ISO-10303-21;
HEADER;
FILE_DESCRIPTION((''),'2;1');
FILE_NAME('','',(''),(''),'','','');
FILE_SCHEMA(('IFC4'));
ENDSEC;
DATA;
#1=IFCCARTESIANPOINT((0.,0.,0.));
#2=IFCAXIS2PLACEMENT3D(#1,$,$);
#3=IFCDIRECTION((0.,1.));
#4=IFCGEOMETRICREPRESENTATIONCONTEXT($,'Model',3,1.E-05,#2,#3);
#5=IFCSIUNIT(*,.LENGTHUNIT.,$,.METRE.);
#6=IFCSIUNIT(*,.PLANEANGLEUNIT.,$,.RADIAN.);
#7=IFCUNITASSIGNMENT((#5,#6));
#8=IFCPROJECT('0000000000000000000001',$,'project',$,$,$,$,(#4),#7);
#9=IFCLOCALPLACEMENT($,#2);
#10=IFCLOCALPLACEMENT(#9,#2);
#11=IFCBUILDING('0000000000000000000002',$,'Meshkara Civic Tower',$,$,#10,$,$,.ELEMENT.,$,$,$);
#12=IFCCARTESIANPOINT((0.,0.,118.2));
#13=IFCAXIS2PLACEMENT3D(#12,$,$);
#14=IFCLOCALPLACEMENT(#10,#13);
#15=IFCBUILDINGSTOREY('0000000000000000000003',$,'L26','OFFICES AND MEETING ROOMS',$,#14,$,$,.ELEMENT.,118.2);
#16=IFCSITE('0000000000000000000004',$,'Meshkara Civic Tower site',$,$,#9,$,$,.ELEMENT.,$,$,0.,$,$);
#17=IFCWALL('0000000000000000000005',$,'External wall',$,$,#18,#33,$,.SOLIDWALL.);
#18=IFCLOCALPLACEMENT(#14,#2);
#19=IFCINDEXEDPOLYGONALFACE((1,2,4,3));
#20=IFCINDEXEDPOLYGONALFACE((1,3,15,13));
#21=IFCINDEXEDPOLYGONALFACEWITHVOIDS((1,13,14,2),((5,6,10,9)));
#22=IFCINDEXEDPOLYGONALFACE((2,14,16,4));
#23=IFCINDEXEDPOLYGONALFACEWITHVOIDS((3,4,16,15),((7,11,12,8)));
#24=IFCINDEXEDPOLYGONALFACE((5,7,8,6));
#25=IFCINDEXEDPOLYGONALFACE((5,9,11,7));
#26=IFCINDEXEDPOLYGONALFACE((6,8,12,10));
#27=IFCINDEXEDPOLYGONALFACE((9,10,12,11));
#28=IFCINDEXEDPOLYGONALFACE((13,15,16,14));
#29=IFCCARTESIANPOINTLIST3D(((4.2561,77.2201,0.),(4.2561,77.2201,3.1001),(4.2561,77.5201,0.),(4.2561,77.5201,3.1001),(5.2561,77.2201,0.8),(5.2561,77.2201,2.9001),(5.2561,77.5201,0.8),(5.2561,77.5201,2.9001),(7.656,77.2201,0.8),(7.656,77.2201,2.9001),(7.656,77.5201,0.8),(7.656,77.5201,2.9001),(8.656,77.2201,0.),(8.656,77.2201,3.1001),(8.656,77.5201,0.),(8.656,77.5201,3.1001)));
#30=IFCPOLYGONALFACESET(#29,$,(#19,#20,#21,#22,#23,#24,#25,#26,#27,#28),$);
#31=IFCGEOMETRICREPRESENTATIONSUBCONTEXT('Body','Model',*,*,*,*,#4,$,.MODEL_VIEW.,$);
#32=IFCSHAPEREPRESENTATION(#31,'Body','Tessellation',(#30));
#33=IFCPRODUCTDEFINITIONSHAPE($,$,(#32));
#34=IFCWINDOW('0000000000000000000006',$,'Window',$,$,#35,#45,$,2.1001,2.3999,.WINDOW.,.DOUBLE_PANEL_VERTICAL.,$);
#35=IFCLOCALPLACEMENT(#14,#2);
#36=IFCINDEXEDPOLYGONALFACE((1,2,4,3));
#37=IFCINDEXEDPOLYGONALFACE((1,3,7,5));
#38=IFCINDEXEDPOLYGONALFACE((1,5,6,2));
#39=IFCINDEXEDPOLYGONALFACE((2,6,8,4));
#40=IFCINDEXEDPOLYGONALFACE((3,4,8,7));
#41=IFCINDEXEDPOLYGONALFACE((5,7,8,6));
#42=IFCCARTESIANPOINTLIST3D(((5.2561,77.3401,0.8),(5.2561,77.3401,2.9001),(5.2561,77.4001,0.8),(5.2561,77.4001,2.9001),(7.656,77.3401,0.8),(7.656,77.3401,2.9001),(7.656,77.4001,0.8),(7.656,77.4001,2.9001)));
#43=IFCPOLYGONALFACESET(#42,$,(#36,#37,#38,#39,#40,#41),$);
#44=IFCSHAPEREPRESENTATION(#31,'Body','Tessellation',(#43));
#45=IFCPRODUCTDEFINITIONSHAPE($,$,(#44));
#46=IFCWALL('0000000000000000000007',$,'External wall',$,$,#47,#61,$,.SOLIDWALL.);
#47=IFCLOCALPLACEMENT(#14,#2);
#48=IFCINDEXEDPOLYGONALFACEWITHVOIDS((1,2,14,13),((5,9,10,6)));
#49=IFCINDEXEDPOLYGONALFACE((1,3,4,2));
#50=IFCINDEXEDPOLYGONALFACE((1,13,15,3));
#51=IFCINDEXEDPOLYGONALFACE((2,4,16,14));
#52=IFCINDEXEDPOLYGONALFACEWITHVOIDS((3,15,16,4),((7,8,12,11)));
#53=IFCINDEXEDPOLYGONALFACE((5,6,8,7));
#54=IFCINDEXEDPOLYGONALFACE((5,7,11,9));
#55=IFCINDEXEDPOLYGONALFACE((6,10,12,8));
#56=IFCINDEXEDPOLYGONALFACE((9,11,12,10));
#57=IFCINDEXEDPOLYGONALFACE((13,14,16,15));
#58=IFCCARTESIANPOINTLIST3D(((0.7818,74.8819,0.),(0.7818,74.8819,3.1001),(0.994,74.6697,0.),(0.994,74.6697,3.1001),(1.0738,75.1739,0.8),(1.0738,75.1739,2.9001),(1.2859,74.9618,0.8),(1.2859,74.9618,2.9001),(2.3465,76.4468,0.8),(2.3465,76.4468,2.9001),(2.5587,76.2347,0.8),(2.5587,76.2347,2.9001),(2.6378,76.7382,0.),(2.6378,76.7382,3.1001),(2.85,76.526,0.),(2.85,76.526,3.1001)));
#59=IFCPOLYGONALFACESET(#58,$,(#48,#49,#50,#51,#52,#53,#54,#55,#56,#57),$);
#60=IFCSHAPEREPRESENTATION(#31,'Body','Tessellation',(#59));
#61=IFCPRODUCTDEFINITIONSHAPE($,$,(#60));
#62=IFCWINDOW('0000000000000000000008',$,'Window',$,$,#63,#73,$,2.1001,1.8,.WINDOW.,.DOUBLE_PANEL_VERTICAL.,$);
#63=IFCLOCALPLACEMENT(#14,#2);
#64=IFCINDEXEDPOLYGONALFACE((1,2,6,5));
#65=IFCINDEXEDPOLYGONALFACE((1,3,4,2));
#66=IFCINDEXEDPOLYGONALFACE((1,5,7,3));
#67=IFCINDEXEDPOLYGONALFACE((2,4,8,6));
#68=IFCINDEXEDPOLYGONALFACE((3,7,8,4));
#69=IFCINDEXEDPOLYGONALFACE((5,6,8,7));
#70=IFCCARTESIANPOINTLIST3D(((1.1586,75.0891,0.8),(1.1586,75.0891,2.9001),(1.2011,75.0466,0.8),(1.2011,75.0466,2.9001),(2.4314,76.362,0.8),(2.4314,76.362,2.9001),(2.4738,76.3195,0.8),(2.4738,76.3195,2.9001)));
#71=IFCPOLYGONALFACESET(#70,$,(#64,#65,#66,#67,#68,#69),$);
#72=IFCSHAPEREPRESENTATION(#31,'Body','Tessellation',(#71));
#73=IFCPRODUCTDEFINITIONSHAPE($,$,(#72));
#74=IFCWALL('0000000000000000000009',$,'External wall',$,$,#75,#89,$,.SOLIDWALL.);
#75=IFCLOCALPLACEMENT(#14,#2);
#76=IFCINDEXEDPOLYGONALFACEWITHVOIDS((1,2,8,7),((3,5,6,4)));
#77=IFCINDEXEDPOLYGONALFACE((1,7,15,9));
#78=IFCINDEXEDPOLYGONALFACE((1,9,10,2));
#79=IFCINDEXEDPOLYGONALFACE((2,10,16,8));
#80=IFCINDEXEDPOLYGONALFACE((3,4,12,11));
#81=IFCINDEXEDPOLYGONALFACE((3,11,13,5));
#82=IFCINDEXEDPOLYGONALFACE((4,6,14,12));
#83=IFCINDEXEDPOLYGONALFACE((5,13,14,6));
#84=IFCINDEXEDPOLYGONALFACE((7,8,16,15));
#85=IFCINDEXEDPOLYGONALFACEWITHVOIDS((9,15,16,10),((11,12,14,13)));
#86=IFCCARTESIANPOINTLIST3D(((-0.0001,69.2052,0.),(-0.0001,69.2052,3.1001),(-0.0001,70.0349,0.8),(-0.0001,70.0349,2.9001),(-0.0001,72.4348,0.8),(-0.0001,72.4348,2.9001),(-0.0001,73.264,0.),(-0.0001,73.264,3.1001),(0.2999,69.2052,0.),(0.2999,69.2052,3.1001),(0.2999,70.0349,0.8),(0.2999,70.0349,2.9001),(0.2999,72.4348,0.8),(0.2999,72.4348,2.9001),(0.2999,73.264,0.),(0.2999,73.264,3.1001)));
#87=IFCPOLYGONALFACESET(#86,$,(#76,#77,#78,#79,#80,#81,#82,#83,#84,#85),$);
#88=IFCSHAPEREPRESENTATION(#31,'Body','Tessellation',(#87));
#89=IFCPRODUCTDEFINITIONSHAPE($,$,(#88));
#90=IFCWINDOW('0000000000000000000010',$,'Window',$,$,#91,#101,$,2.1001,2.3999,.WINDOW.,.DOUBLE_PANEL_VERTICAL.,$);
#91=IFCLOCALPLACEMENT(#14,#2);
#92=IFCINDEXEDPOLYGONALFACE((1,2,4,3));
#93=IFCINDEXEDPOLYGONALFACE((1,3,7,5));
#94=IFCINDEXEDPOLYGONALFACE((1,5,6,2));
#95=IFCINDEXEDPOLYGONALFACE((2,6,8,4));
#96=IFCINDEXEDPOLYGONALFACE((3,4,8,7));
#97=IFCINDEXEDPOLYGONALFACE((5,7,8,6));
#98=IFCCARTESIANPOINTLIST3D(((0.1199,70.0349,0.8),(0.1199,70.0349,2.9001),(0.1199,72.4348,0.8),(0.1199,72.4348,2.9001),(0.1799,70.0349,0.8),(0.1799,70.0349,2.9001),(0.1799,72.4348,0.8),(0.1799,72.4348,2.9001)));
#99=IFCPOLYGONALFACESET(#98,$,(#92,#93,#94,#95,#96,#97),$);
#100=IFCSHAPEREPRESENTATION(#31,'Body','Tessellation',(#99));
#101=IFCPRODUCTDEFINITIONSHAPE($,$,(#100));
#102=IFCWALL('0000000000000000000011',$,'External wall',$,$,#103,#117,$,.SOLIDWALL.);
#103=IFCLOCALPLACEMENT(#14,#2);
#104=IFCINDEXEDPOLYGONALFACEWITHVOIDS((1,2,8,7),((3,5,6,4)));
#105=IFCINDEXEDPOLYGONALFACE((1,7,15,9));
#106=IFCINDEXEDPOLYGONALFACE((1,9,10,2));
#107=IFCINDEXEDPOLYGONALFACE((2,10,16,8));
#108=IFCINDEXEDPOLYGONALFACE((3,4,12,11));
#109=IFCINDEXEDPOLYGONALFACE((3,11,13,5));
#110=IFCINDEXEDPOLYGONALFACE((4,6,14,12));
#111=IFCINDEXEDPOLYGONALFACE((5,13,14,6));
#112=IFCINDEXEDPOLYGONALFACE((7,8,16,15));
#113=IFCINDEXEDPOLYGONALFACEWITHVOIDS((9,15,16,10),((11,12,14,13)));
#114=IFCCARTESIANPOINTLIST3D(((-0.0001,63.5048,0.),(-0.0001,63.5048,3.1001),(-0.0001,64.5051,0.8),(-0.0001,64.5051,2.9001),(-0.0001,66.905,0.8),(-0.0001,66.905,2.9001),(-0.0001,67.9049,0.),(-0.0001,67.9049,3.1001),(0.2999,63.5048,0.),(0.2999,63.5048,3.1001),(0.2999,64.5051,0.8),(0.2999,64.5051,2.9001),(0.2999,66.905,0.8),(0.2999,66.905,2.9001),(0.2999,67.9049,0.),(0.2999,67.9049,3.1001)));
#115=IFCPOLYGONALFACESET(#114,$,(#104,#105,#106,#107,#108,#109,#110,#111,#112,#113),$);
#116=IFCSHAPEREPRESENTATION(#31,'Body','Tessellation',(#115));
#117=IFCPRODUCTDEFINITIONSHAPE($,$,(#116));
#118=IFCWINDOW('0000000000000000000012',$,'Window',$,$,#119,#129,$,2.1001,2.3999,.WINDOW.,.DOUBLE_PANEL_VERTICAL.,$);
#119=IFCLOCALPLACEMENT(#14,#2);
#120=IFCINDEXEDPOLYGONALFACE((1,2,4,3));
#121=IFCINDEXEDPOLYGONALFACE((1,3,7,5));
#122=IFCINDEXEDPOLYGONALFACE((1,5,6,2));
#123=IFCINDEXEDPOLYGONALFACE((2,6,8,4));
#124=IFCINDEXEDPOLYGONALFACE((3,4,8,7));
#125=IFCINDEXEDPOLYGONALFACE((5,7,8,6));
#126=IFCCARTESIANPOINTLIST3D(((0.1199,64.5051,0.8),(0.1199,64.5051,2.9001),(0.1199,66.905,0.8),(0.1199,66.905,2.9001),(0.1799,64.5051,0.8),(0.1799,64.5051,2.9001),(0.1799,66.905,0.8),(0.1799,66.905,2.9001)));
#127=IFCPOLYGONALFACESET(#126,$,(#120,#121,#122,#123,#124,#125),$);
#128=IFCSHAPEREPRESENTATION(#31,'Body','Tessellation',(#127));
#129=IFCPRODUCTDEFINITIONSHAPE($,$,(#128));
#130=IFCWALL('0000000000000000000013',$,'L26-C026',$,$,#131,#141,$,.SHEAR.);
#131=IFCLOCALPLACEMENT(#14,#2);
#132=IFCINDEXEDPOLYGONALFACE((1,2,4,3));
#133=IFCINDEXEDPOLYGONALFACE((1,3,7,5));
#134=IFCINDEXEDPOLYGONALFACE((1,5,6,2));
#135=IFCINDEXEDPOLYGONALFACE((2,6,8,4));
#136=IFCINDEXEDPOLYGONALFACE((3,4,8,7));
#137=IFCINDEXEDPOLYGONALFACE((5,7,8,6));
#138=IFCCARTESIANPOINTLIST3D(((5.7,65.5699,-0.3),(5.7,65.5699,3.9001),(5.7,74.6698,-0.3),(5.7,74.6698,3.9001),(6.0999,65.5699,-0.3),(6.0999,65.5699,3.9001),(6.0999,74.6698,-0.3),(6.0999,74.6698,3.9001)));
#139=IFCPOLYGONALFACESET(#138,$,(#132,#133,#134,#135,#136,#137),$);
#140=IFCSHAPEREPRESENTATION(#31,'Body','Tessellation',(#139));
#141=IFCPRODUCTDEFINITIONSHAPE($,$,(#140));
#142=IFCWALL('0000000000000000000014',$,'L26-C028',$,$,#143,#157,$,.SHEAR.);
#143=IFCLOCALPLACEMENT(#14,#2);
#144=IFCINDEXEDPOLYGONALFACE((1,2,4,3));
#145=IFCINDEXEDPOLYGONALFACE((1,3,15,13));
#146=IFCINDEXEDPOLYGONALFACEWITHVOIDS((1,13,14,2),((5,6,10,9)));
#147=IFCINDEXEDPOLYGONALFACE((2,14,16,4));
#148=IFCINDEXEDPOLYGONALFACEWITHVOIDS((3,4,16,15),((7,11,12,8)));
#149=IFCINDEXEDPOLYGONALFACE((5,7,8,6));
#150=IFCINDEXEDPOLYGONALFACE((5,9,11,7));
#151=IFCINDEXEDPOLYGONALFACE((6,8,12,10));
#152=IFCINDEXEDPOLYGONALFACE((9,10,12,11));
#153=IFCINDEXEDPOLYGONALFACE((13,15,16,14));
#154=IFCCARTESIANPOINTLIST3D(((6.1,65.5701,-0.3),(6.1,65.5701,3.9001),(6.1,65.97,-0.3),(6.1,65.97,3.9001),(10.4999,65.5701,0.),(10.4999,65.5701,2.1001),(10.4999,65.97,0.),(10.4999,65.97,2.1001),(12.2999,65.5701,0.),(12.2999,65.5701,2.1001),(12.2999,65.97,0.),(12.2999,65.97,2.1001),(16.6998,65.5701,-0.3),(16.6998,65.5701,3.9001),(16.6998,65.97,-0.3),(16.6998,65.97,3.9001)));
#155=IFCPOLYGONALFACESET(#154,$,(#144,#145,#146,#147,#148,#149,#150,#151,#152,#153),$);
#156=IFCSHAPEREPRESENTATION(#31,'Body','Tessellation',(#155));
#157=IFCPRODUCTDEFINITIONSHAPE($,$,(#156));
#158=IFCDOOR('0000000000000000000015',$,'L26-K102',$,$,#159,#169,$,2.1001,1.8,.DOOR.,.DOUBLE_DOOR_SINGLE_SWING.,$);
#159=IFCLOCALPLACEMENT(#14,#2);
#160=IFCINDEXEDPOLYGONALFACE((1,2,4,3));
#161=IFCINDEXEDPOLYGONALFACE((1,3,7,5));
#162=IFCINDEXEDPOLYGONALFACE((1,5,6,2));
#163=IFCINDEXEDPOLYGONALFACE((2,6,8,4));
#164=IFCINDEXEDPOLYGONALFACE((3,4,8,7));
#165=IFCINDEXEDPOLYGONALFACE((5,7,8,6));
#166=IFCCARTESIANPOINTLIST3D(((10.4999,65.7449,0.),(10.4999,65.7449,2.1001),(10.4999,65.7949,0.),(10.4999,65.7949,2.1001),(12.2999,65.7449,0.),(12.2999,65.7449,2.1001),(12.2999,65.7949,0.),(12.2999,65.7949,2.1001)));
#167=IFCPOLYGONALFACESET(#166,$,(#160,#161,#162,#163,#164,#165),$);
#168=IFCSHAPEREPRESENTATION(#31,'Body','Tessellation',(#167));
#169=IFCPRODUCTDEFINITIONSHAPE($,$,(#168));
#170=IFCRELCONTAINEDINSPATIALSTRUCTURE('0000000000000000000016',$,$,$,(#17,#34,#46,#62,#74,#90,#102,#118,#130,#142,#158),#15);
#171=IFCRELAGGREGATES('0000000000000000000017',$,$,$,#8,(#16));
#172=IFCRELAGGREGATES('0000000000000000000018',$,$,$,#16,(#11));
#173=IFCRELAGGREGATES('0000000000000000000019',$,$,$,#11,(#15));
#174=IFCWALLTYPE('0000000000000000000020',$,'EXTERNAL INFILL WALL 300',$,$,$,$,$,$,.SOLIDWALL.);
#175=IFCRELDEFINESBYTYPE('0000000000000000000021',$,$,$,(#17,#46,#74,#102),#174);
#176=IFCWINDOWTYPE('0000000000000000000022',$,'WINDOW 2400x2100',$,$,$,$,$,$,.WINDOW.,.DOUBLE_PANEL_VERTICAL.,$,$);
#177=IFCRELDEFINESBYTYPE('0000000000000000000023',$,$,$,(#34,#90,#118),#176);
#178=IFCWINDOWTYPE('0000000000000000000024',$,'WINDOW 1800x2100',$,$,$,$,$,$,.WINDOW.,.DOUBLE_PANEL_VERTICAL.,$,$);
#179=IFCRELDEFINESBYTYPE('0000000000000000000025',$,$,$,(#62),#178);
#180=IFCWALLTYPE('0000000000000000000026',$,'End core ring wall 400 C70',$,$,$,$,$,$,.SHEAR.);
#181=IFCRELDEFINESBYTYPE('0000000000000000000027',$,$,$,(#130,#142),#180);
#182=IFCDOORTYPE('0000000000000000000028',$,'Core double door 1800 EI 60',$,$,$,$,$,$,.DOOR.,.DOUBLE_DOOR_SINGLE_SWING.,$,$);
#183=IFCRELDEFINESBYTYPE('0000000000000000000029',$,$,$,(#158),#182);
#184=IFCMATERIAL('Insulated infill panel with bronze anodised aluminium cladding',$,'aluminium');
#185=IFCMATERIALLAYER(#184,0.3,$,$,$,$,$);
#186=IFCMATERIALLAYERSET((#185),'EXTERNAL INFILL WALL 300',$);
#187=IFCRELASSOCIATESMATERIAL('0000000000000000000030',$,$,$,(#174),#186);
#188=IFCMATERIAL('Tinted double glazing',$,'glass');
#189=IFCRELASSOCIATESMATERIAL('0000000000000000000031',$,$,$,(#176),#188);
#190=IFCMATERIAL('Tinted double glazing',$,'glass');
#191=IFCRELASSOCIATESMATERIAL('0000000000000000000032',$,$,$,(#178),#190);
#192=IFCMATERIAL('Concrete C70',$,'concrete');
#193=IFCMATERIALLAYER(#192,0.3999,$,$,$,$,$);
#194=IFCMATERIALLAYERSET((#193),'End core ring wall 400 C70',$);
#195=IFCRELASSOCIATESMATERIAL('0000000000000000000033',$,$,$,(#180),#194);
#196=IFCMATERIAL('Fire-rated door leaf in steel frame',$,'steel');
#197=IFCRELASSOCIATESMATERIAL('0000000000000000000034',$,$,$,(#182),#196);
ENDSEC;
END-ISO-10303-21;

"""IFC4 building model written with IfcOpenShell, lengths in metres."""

from ifc_helpers import new_model, si_unit, direction, frame, frame_2d, origin, place, context, subcontext, project, spatial, rectangle, extrude, material, layer, layer_set, type_object, element, fill, save


model = new_model("IFC4")

# Units and contexts
model_context = context("Model", 3, precision=1e-05, world=origin(), true_north=direction((0.0, 1.0)))
body_context = subcontext(model_context, "Body", "Model", "MODEL_VIEW")
ifc_project = project(units=[si_unit("LENGTHUNIT", "METRE"), si_unit("PLANEANGLEUNIT", "RADIAN")], contexts=[model_context])

# Site, building, storey
site_placement = place(None, origin())
site = spatial("IfcSite", under=ifc_project, at=site_placement, Name="Meshkara Civic Tower site", CompositionType="ELEMENT", RefElevation=0.0)
building_placement = place(site_placement, origin())
building = spatial("IfcBuilding", under=site, at=building_placement, Name="Meshkara Civic Tower", CompositionType="ELEMENT")
storey_placement = place(building_placement, frame((0.0, 0.0, 118.2)))
storey = spatial("IfcBuildingStorey", under=building, at=storey_placement, Name="L26", Description="OFFICES AND MEETING ROOMS", CompositionType="ELEMENT", Elevation=118.2)

# Walls, openings, windows
ifc_material_1 = material(Name="Insulated infill panel with bronze anodised aluminium cladding", Category="aluminium")
ifc_layer_1 = layer(ifc_material_1, 0.3)
ifc_layer_set_1 = layer_set([ifc_layer_1], Name="EXTERNAL INFILL WALL 300")
wall_type_1 = type_object("IfcWallType", Name="EXTERNAL INFILL WALL 300", PredefinedType="SOLIDWALL", material=ifc_layer_set_1)
wall_1_placement = place(storey_placement, frame((8.656, 77.3701, 0.0), z_axis=(0.0, 0.0, 1.0), x_axis=(-1.0, 0.0, 0.0)))
wall_1 = element("IfcWall", 1, at=wall_1_placement, inside=storey, type_object=wall_type_1, Name="External wall", PredefinedType="SOLIDWALL", context=body_context, shape_type="SweptSolid", body=[
    extrude(rectangle(XDim=4.3999, YDim=0.3, at=frame_2d((2.2, 0.0))), origin(), (0.0, 0.0, 1.0), 3.1001),
])
opening_1_placement = place(wall_1_placement, frame((1.0, 0.0, 0.8)))
opening_1 = element("IfcOpeningElement", 2, at=opening_1_placement, cuts=wall_1, PredefinedType="OPENING", context=body_context, shape_type="SweptSolid", body=[
    extrude(rectangle(XDim=2.3999, YDim=2.1001, at=frame_2d((1.2, 1.05))), frame((0.0, 0.1599, 0.0), z_axis=(0.0, -1.0, 0.0), x_axis=(1.0, 0.0, 0.0)), (0.0, 0.0, 1.0), 0.3201),
])
ifc_material_2 = material(Name="Tinted double glazing", Category="glass")
window_type_1 = type_object("IfcWindowType", Name="WINDOW 2400x2100", PartitioningType="DOUBLE_PANEL_VERTICAL", PredefinedType="WINDOW", material=ifc_material_2)
window_1_placement = place(opening_1_placement, origin())
window_1 = element("IfcWindow", 3, at=window_1_placement, inside=storey, type_object=window_type_1, Name="Window", OverallHeight=2.1001, OverallWidth=2.3999, PartitioningType="DOUBLE_PANEL_VERTICAL", PredefinedType="WINDOW", context=body_context, shape_type="SweptSolid", body=[
    extrude(rectangle(XDim=2.3999, YDim=2.1001, at=frame_2d((1.2, 1.05))), frame((0.0, 0.03, 0.0), z_axis=(0.0, -1.0, 0.0), x_axis=(1.0, 0.0, 0.0)), (0.0, 0.0, 1.0), 0.0601),
])
fill(opening_1, window_1)
wall_2_placement = place(storey_placement, frame((2.7439, 76.6321, 0.0), z_axis=(0.0, 0.0, 1.0), x_axis=(-0.70706, -0.707153, 0.0)))
wall_2 = element("IfcWall", 4, at=wall_2_placement, inside=storey, type_object=wall_type_1, Name="External wall", PredefinedType="SOLIDWALL", context=body_context, shape_type="SweptSolid", body=[
    extrude(rectangle(XDim=2.625, YDim=0.3, at=frame_2d((1.3125, 0.0))), origin(), (0.0, 0.0, 1.0), 3.1001),
])
opening_2_placement = place(wall_2_placement, frame((0.4121, 0.0, 0.8)))
opening_2 = element("IfcOpeningElement", 5, at=opening_2_placement, cuts=wall_2, PredefinedType="OPENING", context=body_context, shape_type="SweptSolid", body=[
    extrude(rectangle(XDim=1.8, YDim=2.1001, at=frame_2d((0.8999, 1.05))), frame((0.0, 0.1599, 0.0), z_axis=(0.0, -1.0, 0.0), x_axis=(1.0, 0.0, 0.0)), (0.0, 0.0, 1.0), 0.3201),
])
ifc_material_3 = material(Name="Tinted double glazing", Category="glass")
window_type_2 = type_object("IfcWindowType", Name="WINDOW 1800x2100", PartitioningType="DOUBLE_PANEL_VERTICAL", PredefinedType="WINDOW", material=ifc_material_3)
window_2_placement = place(opening_2_placement, origin())
window_2 = element("IfcWindow", 6, at=window_2_placement, inside=storey, type_object=window_type_2, Name="Window", OverallHeight=2.1001, OverallWidth=1.8, PartitioningType="DOUBLE_PANEL_VERTICAL", PredefinedType="WINDOW", context=body_context, shape_type="SweptSolid", body=[
    extrude(rectangle(XDim=1.8, YDim=2.1001, at=frame_2d((0.8999, 1.05))), frame((0.0, 0.03, 0.0), z_axis=(0.0, -1.0, 0.0), x_axis=(1.0, 0.0, 0.0)), (0.0, 0.0, 1.0), 0.0601),
])
fill(opening_2, window_2)
wall_3_placement = place(storey_placement, frame((0.1499, 73.2639, 0.0), z_axis=(0.0, 0.0, 1.0), x_axis=(0.0, -1.0, 0.0)))
wall_3 = element("IfcWall", 7, at=wall_3_placement, inside=storey, type_object=wall_type_1, Name="External wall", PredefinedType="SOLIDWALL", context=body_context, shape_type="SweptSolid", body=[
    extrude(rectangle(XDim=4.0588, YDim=0.3, at=frame_2d((2.0293, 0.0))), origin(), (0.0, 0.0, 1.0), 3.1001),
])
opening_3_placement = place(wall_3_placement, frame((0.8291, 0.0, 0.8)))
opening_3 = element("IfcOpeningElement", 8, at=opening_3_placement, cuts=wall_3, PredefinedType="OPENING", context=body_context, shape_type="SweptSolid", body=[
    extrude(rectangle(XDim=2.3999, YDim=2.1001, at=frame_2d((1.2, 1.05))), frame((0.0, 0.1599, 0.0), z_axis=(0.0, -1.0, 0.0), x_axis=(1.0, 0.0, 0.0)), (0.0, 0.0, 1.0), 0.3201),
])
window_3_placement = place(opening_3_placement, origin())
window_3 = element("IfcWindow", 9, at=window_3_placement, inside=storey, type_object=window_type_1, Name="Window", OverallHeight=2.1001, OverallWidth=2.3999, PartitioningType="DOUBLE_PANEL_VERTICAL", PredefinedType="WINDOW", context=body_context, shape_type="SweptSolid", body=[
    extrude(rectangle(XDim=2.3999, YDim=2.1001, at=frame_2d((1.2, 1.05))), frame((0.0, 0.03, 0.0), z_axis=(0.0, -1.0, 0.0), x_axis=(1.0, 0.0, 0.0)), (0.0, 0.0, 1.0), 0.0601),
])
fill(opening_3, window_3)
wall_4_placement = place(storey_placement, frame((0.1499, 67.905, 0.0), z_axis=(0.0, 0.0, 1.0), x_axis=(0.0, -1.0, 0.0)))
wall_4 = element("IfcWall", 10, at=wall_4_placement, inside=storey, type_object=wall_type_1, Name="External wall", PredefinedType="SOLIDWALL", context=body_context, shape_type="SweptSolid", body=[
    extrude(rectangle(XDim=4.4001, YDim=0.3, at=frame_2d((2.2002, 0.0))), origin(), (0.0, 0.0, 1.0), 3.1001),
])
opening_4_placement = place(wall_4_placement, frame((1.0, 0.0, 0.8)))
opening_4 = element("IfcOpeningElement", 11, at=opening_4_placement, cuts=wall_4, PredefinedType="OPENING", context=body_context, shape_type="SweptSolid", body=[
    extrude(rectangle(XDim=2.3999, YDim=2.1001, at=frame_2d((1.2, 1.05))), frame((0.0, 0.1599, 0.0), z_axis=(0.0, -1.0, 0.0), x_axis=(1.0, 0.0, 0.0)), (0.0, 0.0, 1.0), 0.3201),
])
window_4_placement = place(opening_4_placement, origin())
window_4 = element("IfcWindow", 12, at=window_4_placement, inside=storey, type_object=window_type_1, Name="Window", OverallHeight=2.1001, OverallWidth=2.3999, PartitioningType="DOUBLE_PANEL_VERTICAL", PredefinedType="WINDOW", context=body_context, shape_type="SweptSolid", body=[
    extrude(rectangle(XDim=2.3999, YDim=2.1001, at=frame_2d((1.2, 1.05))), frame((0.0, 0.03, 0.0), z_axis=(0.0, -1.0, 0.0), x_axis=(1.0, 0.0, 0.0)), (0.0, 0.0, 1.0), 0.0601),
])
fill(opening_4, window_4)

# Wall
ifc_material_4 = material(Name="Concrete C70", Category="concrete")
ifc_layer_2 = layer(ifc_material_4, 0.3999)
ifc_layer_set_2 = layer_set([ifc_layer_2], Name="End core ring wall 400 C70")
wall_type_2 = type_object("IfcWallType", Name="End core ring wall 400 C70", PredefinedType="SHEAR", material=ifc_layer_set_2)
wall_5_placement = place(storey_placement, frame((5.8999, 65.5701, -0.3), z_axis=(0.0, 0.0, 1.0), x_axis=(0.0, 1.0, 0.0)))
element("IfcWall", 13, at=wall_5_placement, inside=storey, type_object=wall_type_2, Name="L26-C026", PredefinedType="SHEAR", context=body_context, shape_type="SweptSolid", body=[
    extrude(rectangle(XDim=9.0999, YDim=0.3999, at=frame_2d((4.5498, 0.0))), origin(), (0.0, 0.0, 1.0), 4.2002),
])

# Wall, opening, door
wall_6_placement = place(storey_placement, frame((6.1001, 65.77, -0.3), z_axis=(0.0, 0.0, 1.0), x_axis=(1.0, 0.0, 0.0)))
wall_6 = element("IfcWall", 14, at=wall_6_placement, inside=storey, type_object=wall_type_2, Name="L26-C028", PredefinedType="SHEAR", context=body_context, shape_type="SweptSolid", body=[
    extrude(rectangle(XDim=10.5999, YDim=0.3999, at=frame_2d((5.2998, 0.0))), origin(), (0.0, 0.0, 1.0), 4.2002),
])
opening_5_placement = place(wall_6_placement, frame((4.3999, 0.0, 0.3)))
opening_5 = element("IfcOpeningElement", 15, at=opening_5_placement, cuts=wall_6, PredefinedType="OPENING", context=body_context, shape_type="SweptSolid", body=[
    extrude(rectangle(XDim=1.8, YDim=2.1001, at=frame_2d((0.8999, 1.05))), frame((0.0, 0.21, 0.0), z_axis=(0.0, -1.0, 0.0), x_axis=(1.0, 0.0, 0.0)), (0.0, 0.0, 1.0), 0.4199),
])
ifc_material_5 = material(Name="Fire-rated door leaf in steel frame", Category="steel")
door_type_1 = type_object("IfcDoorType", Name="Core double door 1800 EI 60", OperationType="DOUBLE_DOOR_SINGLE_SWING", PredefinedType="DOOR", material=ifc_material_5)
door_1_placement = place(opening_5_placement, origin())
door_1 = element("IfcDoor", 16, at=door_1_placement, inside=storey, type_object=door_type_1, Name="L26-K102", OperationType="DOUBLE_DOOR_SINGLE_SWING", OverallHeight=2.1001, OverallWidth=1.8, PredefinedType="DOOR", context=body_context, shape_type="SweptSolid", body=[
    extrude(rectangle(XDim=1.8, YDim=2.1001, at=frame_2d((0.8999, 1.05))), frame((0.0, 0.0249, 0.0), z_axis=(0.0, -1.0, 0.0), x_axis=(1.0, 0.0, 0.0)), (0.0, 0.0, 1.0), 0.05),
])
fill(opening_5, door_1)

save(model, "model.ifc")
